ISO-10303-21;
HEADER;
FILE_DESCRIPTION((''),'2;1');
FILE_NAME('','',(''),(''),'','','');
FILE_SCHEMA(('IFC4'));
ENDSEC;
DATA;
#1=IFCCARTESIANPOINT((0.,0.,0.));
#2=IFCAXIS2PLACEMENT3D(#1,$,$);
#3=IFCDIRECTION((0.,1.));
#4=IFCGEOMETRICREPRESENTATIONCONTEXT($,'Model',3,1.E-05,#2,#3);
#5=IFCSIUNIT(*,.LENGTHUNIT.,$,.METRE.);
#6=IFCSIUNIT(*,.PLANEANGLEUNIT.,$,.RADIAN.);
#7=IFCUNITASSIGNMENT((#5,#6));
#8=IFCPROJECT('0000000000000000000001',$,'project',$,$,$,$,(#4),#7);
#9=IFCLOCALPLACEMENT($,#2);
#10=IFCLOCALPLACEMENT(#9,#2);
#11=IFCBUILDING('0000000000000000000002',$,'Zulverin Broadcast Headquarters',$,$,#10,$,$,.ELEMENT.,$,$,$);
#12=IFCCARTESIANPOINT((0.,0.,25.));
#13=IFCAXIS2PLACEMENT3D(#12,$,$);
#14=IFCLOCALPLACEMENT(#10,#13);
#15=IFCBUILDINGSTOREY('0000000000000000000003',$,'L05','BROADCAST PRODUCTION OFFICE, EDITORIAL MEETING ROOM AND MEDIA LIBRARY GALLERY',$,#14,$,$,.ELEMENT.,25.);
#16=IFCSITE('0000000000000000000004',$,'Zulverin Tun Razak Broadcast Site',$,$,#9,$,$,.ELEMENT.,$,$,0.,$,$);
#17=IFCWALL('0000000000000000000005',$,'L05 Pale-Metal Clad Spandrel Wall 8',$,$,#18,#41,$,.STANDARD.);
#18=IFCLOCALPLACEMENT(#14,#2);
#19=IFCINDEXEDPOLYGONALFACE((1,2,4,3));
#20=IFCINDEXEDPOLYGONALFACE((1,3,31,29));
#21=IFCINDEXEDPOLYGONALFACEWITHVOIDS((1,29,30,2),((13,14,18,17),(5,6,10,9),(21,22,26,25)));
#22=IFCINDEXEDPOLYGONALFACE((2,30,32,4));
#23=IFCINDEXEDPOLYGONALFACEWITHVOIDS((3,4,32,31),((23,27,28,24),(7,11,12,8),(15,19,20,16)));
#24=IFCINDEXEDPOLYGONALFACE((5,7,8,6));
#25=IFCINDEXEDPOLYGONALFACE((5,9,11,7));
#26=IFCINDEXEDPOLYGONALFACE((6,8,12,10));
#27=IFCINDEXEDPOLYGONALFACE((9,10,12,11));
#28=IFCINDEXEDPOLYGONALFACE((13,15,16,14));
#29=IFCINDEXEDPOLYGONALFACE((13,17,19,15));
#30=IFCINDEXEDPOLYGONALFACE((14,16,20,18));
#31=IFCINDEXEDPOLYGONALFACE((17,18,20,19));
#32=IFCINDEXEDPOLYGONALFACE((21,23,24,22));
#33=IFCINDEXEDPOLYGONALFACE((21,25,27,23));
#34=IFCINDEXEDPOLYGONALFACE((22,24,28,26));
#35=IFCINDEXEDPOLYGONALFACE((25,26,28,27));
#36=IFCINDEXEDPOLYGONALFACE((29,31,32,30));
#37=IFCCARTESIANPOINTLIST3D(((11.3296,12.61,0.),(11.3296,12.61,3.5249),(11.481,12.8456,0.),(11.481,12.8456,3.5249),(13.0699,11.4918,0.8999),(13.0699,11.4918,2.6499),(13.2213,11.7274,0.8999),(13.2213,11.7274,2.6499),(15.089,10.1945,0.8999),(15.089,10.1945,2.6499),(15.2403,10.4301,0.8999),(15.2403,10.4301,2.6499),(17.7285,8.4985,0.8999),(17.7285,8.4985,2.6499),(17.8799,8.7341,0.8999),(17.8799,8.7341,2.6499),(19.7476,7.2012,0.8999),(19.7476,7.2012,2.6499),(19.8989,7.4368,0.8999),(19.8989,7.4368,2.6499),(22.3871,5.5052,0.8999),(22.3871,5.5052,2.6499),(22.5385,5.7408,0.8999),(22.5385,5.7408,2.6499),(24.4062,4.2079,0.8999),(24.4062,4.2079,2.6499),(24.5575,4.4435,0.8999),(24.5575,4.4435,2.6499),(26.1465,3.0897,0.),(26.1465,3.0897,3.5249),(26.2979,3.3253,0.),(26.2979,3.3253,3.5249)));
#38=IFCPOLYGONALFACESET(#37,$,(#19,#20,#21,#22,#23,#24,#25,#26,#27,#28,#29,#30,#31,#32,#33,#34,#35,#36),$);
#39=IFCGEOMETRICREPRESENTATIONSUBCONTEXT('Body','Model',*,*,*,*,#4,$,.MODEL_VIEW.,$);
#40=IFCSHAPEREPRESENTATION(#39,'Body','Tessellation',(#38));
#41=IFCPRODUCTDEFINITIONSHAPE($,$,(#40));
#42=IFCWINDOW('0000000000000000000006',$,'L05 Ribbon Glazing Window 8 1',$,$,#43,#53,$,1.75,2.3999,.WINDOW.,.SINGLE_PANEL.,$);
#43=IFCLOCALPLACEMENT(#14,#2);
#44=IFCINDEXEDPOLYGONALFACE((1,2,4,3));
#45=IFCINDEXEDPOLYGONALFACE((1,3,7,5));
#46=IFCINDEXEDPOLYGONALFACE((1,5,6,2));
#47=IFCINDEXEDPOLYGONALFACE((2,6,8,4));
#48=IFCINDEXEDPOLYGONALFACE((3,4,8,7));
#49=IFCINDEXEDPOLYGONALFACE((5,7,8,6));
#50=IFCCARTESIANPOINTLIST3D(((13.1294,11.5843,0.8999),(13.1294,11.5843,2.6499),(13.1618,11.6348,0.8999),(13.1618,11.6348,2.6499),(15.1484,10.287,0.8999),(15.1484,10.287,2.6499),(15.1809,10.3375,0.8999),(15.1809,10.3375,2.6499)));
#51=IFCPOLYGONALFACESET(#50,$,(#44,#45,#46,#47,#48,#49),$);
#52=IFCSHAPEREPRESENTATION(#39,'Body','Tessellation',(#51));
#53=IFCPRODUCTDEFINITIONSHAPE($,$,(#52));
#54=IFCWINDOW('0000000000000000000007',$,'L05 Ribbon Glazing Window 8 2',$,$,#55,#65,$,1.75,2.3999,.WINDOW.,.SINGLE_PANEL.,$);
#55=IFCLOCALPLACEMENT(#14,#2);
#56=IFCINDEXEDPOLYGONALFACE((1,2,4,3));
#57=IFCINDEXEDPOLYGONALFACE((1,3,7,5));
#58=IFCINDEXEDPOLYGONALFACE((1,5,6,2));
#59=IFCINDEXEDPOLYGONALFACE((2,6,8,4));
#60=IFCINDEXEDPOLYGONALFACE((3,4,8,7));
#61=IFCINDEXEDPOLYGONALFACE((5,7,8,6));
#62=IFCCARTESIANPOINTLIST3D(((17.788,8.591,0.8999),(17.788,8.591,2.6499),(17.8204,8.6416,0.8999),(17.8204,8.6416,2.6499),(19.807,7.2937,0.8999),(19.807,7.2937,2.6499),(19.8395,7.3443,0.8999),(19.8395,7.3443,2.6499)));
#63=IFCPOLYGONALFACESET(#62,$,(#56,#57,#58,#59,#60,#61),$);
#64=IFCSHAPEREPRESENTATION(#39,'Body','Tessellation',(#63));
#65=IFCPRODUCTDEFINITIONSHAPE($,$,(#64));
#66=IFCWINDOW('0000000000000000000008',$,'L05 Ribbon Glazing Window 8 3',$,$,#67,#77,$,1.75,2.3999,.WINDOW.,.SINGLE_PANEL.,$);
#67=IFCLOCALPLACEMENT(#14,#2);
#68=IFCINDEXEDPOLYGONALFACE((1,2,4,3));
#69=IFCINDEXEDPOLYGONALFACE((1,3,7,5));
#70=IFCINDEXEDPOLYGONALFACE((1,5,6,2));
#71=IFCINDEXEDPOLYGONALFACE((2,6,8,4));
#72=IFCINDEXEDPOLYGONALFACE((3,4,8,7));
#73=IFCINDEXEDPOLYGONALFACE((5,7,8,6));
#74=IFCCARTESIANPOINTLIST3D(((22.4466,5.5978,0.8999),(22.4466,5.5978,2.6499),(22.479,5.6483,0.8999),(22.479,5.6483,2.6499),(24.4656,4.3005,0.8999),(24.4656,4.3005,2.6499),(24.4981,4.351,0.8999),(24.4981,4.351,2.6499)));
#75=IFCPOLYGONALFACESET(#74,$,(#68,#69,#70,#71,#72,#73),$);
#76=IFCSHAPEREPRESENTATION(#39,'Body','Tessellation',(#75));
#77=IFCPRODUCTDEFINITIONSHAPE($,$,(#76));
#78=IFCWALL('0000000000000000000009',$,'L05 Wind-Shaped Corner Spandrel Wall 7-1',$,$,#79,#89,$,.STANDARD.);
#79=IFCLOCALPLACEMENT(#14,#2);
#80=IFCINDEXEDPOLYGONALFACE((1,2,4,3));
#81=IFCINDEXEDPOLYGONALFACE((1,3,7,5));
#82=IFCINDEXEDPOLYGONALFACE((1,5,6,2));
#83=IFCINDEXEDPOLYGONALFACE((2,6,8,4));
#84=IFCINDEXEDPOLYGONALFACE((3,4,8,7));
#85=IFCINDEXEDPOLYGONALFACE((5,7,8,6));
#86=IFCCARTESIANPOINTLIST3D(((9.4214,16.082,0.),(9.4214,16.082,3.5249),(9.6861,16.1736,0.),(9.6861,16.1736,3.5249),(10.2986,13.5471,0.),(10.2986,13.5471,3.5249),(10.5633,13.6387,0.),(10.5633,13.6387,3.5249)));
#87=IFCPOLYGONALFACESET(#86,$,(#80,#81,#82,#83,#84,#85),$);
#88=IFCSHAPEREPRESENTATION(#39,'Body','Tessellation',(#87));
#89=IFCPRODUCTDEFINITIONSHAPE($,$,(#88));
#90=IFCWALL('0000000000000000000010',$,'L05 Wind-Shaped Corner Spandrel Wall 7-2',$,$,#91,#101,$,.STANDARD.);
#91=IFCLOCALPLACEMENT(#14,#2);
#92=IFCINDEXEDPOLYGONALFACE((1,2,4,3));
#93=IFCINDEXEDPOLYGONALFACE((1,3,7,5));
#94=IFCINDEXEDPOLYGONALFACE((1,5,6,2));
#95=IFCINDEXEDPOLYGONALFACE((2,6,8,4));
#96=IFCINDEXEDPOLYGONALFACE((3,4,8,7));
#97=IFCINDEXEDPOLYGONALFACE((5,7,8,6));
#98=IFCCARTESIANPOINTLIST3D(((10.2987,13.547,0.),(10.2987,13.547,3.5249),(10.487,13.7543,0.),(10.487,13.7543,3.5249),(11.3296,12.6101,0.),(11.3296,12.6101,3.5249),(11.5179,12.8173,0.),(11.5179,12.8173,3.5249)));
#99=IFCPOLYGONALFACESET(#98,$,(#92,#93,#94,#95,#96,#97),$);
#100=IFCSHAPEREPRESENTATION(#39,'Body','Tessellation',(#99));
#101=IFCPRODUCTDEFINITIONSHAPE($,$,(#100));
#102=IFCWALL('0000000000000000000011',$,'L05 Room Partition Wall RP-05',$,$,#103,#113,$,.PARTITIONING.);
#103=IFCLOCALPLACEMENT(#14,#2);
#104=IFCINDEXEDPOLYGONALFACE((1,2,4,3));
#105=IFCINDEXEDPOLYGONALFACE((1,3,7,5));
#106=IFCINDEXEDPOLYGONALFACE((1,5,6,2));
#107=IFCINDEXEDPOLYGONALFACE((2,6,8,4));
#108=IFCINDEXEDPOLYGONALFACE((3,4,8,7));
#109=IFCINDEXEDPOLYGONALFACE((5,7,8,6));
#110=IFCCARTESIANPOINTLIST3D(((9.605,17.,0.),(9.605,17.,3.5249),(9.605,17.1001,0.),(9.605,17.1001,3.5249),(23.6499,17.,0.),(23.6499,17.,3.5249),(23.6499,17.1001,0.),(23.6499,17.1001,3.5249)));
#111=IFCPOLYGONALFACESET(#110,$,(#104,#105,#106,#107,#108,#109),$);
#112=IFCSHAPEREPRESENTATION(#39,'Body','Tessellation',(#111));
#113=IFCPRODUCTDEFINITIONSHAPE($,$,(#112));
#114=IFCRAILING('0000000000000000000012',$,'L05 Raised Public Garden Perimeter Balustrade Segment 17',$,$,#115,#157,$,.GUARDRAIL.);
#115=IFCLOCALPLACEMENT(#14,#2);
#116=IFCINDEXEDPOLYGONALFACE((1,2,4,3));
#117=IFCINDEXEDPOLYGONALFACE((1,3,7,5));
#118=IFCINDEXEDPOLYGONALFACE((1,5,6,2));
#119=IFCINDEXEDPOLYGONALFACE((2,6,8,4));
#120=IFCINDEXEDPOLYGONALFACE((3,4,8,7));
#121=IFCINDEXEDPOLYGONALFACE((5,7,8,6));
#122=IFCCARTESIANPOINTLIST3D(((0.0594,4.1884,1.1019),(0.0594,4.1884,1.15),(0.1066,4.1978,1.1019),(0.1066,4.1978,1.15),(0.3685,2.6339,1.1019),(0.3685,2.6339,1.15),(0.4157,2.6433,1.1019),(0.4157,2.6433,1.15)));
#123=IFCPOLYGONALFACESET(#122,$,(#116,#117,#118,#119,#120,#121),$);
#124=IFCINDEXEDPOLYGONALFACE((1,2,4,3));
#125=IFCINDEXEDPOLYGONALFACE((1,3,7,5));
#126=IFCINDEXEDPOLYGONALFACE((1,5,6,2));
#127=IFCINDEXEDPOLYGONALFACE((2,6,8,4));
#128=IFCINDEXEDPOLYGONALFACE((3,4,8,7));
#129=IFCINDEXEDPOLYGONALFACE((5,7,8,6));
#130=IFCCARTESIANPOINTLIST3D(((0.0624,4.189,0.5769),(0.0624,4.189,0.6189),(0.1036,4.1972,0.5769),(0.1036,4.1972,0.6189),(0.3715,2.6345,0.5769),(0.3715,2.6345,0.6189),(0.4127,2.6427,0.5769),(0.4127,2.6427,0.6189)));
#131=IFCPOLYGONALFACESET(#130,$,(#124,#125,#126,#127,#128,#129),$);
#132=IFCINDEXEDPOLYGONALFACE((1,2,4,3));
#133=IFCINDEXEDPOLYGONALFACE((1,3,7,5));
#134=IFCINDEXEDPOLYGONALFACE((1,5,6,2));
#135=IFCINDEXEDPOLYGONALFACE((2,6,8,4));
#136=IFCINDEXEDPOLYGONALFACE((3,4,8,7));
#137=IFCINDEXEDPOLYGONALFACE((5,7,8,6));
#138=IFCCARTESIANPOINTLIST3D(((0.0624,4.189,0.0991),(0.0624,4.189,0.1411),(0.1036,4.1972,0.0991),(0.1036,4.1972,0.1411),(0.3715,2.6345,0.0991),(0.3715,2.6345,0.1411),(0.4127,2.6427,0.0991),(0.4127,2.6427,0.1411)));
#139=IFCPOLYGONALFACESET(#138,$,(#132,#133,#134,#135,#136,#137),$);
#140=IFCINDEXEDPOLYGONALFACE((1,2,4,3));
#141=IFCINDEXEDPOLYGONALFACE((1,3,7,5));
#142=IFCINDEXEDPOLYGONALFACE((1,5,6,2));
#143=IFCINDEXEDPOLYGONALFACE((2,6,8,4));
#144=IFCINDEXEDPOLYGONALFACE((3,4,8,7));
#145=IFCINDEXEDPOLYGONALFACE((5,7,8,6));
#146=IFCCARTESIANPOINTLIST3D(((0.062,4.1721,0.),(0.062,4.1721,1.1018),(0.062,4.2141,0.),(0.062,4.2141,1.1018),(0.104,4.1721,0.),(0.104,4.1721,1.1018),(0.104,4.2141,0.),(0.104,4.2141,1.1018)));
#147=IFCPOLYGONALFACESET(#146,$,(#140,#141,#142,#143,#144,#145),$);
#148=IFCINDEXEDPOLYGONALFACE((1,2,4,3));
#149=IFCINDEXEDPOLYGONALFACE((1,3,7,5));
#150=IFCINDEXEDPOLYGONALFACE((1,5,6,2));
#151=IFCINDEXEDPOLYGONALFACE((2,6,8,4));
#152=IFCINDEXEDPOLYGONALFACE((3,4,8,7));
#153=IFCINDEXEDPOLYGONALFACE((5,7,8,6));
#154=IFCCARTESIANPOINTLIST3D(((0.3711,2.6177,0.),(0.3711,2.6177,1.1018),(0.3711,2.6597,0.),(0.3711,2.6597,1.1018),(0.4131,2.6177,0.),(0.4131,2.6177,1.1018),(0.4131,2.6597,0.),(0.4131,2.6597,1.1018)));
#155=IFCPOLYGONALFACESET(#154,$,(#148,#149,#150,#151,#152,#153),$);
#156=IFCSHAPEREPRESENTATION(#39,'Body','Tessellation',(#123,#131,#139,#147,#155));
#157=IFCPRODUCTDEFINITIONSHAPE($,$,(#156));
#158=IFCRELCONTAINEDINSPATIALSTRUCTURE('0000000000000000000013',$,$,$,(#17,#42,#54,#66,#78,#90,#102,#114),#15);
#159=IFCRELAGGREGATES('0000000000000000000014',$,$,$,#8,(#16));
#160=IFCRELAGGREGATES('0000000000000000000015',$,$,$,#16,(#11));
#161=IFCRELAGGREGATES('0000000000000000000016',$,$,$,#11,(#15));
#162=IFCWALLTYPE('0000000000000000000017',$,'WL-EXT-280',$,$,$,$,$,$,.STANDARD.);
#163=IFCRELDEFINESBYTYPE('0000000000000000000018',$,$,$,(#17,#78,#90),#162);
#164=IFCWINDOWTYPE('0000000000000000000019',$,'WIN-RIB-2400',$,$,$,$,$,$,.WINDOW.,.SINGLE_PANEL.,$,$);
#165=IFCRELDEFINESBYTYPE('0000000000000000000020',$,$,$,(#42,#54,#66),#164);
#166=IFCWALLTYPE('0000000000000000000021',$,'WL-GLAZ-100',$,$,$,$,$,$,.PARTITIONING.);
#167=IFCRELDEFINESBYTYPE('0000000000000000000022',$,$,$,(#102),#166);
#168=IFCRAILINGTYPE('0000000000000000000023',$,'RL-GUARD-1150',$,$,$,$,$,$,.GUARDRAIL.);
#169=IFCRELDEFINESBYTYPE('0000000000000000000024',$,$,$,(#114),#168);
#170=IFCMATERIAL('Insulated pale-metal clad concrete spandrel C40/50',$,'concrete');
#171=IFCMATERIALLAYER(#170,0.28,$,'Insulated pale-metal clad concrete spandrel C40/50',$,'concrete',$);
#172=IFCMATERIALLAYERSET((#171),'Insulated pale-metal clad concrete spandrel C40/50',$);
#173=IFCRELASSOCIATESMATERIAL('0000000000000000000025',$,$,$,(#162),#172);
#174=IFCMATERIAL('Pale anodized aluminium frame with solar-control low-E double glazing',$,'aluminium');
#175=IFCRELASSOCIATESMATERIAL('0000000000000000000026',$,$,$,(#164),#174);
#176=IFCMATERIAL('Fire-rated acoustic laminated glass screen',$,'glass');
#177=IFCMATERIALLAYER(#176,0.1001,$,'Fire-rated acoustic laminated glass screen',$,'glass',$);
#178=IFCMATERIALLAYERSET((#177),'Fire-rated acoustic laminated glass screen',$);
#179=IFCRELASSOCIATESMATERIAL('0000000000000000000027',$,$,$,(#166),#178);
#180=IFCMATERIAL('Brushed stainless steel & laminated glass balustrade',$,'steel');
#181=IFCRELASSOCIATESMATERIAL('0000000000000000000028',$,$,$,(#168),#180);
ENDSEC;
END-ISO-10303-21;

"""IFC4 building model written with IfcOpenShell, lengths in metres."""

from ifc_helpers import new_model, si_unit, direction, frame, frame_2d, origin, origin_2d, place, context, subcontext, project, spatial, rectangle, extrude, material, layer, layer_set, type_object, element, fill, save


model = new_model("IFC4")

# Units and contexts
model_context = context("Model", 3, precision=1e-05, world=origin(), true_north=direction((0.0, 1.0)))
body_context = subcontext(model_context, "Body", "Model", "MODEL_VIEW")
ifc_project = project(units=[si_unit("LENGTHUNIT", "METRE"), si_unit("PLANEANGLEUNIT", "RADIAN")], contexts=[model_context])

# Site, building, storey
site_placement = place(None, origin())
site = spatial("IfcSite", under=ifc_project, at=site_placement, Name="Zulverin Tun Razak Broadcast Site", CompositionType="ELEMENT", RefElevation=0.0)
building_placement = place(site_placement, origin())
building = spatial("IfcBuilding", under=site, at=building_placement, Name="Zulverin Broadcast Headquarters", CompositionType="ELEMENT")
storey_placement = place(building_placement, frame((0.0, 0.0, 25.0)))
storey = spatial("IfcBuildingStorey", under=building, at=storey_placement, Name="L05", Description="BROADCAST PRODUCTION OFFICE, EDITORIAL MEETING ROOM AND MEDIA LIBRARY GALLERY", CompositionType="ELEMENT", Elevation=25.0)

# Wall, openings, windows
ifc_material_1 = material(Name="Insulated pale-metal clad concrete spandrel C40/50", Category="concrete")
ifc_layer_1 = layer(ifc_material_1, 0.28, Name="Insulated pale-metal clad concrete spandrel C40/50", Category="concrete")
ifc_layer_set_1 = layer_set([ifc_layer_1], Name="Insulated pale-metal clad concrete spandrel C40/50")
wall_type_1 = type_object("IfcWallType", Name="WL-EXT-280", PredefinedType="STANDARD", material=ifc_layer_set_1)
wall_1_placement = place(storey_placement, frame((11.4053, 12.7278, 0.0), z_axis=(0.0, 0.0, 1.0), x_axis=(0.841305, -0.540561, 0.0)))
wall_1 = element("IfcWall", 1, at=wall_1_placement, inside=storey, type_object=wall_type_1, Name="L05 Pale-Metal Clad Spandrel Wall 8", PredefinedType="STANDARD", context=body_context, shape_type="SweptSolid", body=[
    extrude(rectangle(XDim=17.6118, YDim=0.28, at=frame_2d((8.8059, 0.0))), origin(), (0.0, 0.0, 1.0), 3.5249),
])
opening_1_placement = place(wall_1_placement, frame((2.0686, 0.0, 0.8999)))
opening_1 = element("IfcOpeningElement", 2, at=opening_1_placement, cuts=wall_1, PredefinedType="OPENING", context=body_context, shape_type="SweptSolid", body=[
    extrude(rectangle(XDim=2.3999, YDim=1.75, at=frame_2d((1.2, 0.875))), frame((0.0, 0.1499, 0.0), z_axis=(0.0, -1.0, 0.0), x_axis=(1.0, 0.0, 0.0)), (0.0, 0.0, 1.0), 0.3),
])
opening_2_placement = place(wall_1_placement, frame((7.606, 0.0, 0.8999)))
opening_2 = element("IfcOpeningElement", 3, at=opening_2_placement, cuts=wall_1, PredefinedType="OPENING", context=body_context, shape_type="SweptSolid", body=[
    extrude(rectangle(XDim=2.3999, YDim=1.75, at=frame_2d((1.2, 0.875))), frame((0.0, 0.1499, 0.0), z_axis=(0.0, -1.0, 0.0), x_axis=(1.0, 0.0, 0.0)), (0.0, 0.0, 1.0), 0.3),
])
opening_3_placement = place(wall_1_placement, frame((13.1433, 0.0, 0.8999)))
opening_3 = element("IfcOpeningElement", 4, at=opening_3_placement, cuts=wall_1, PredefinedType="OPENING", context=body_context, shape_type="SweptSolid", body=[
    extrude(rectangle(XDim=2.3999, YDim=1.75, at=frame_2d((1.2, 0.875))), frame((0.0, 0.1499, 0.0), z_axis=(0.0, -1.0, 0.0), x_axis=(1.0, 0.0, 0.0)), (0.0, 0.0, 1.0), 0.3),
])
ifc_material_2 = material(Name="Pale anodized aluminium frame with solar-control low-E double glazing", Category="aluminium")
window_type = type_object("IfcWindowType", Name="WIN-RIB-2400", PartitioningType="SINGLE_PANEL", PredefinedType="WINDOW", material=ifc_material_2)
window_1_placement = place(opening_1_placement, origin())
window_1 = element("IfcWindow", 5, at=window_1_placement, inside=storey, type_object=window_type, Name="L05 Ribbon Glazing Window 8 1", OverallHeight=1.75, OverallWidth=2.3999, PartitioningType="SINGLE_PANEL", PredefinedType="WINDOW", context=body_context, shape_type="SweptSolid", body=[
    extrude(rectangle(XDim=2.3999, YDim=1.75, at=frame_2d((1.2, 0.875))), frame((0.0, 0.03, 0.0), z_axis=(0.0, -1.0, 0.0), x_axis=(1.0, 0.0, 0.0)), (0.0, 0.0, 1.0), 0.0601),
])
fill(opening_1, window_1)
window_2_placement = place(opening_2_placement, origin())
window_2 = element("IfcWindow", 6, at=window_2_placement, inside=storey, type_object=window_type, Name="L05 Ribbon Glazing Window 8 2", OverallHeight=1.75, OverallWidth=2.3999, PartitioningType="SINGLE_PANEL", PredefinedType="WINDOW", context=body_context, shape_type="SweptSolid", body=[
    extrude(rectangle(XDim=2.3999, YDim=1.75, at=frame_2d((1.2, 0.875))), frame((0.0, 0.03, 0.0), z_axis=(0.0, -1.0, 0.0), x_axis=(1.0, 0.0, 0.0)), (0.0, 0.0, 1.0), 0.0601),
])
fill(opening_2, window_2)
window_3_placement = place(opening_3_placement, origin())
window_3 = element("IfcWindow", 7, at=window_3_placement, inside=storey, type_object=window_type, Name="L05 Ribbon Glazing Window 8 3", OverallHeight=1.75, OverallWidth=2.3999, PartitioningType="SINGLE_PANEL", PredefinedType="WINDOW", context=body_context, shape_type="SweptSolid", body=[
    extrude(rectangle(XDim=2.3999, YDim=1.75, at=frame_2d((1.2, 0.875))), frame((0.0, 0.03, 0.0), z_axis=(0.0, -1.0, 0.0), x_axis=(1.0, 0.0, 0.0)), (0.0, 0.0, 1.0), 0.0601),
])
fill(opening_3, window_3)

# Walls
wall_2_placement = place(storey_placement, frame((9.5537, 16.1279, 0.0), z_axis=(0.0, 0.0, 1.0), x_axis=(0.32702, -0.945017, 0.0)))
element("IfcWall", 8, at=wall_2_placement, inside=storey, type_object=wall_type_1, Name="L05 Wind-Shaped Corner Spandrel Wall 7-1", PredefinedType="STANDARD", context=body_context, shape_type="SweptSolid", body=[
    extrude(rectangle(XDim=2.6824, YDim=0.28, at=frame_2d((1.3413, 0.0))), origin(), (0.0, 0.0, 1.0), 3.5249),
])
wall_3_placement = place(storey_placement, frame((10.3928, 13.6506, 0.0), z_axis=(0.0, 0.0, 1.0), x_axis=(0.740035, -0.672568, 0.0)))
element("IfcWall", 9, at=wall_3_placement, inside=storey, type_object=wall_type_1, Name="L05 Wind-Shaped Corner Spandrel Wall 7-2", PredefinedType="STANDARD", context=body_context, shape_type="SweptSolid", body=[
    extrude(rectangle(XDim=1.3931, YDim=0.28, at=frame_2d((0.6965, 0.0))), origin(), (0.0, 0.0, 1.0), 3.5249),
])
ifc_material_3 = material(Name="Fire-rated acoustic laminated glass screen", Category="glass")
ifc_layer_2 = layer(ifc_material_3, 0.1001, Name="Fire-rated acoustic laminated glass screen", Category="glass")
ifc_layer_set_2 = layer_set([ifc_layer_2], Name="Fire-rated acoustic laminated glass screen")
wall_type_2 = type_object("IfcWallType", Name="WL-GLAZ-100", PredefinedType="PARTITIONING", material=ifc_layer_set_2)
wall_4_placement = place(storey_placement, frame((9.605, 17.05, 0.0), z_axis=(0.0, 0.0, 1.0), x_axis=(1.0, 0.0, 0.0)))
element("IfcWall", 10, at=wall_4_placement, inside=storey, type_object=wall_type_2, Name="L05 Room Partition Wall RP-05", PredefinedType="PARTITIONING", context=body_context, shape_type="SweptSolid", body=[
    extrude(rectangle(XDim=14.0449, YDim=0.1001, at=frame_2d((7.0225, 0.0))), origin(), (0.0, 0.0, 1.0), 3.5249),
])

# Railing
ifc_material_4 = material(Name="Brushed stainless steel & laminated glass balustrade", Category="steel")
railing_type = type_object("IfcRailingType", Name="RL-GUARD-1150", PredefinedType="GUARDRAIL", material=ifc_material_4)
railing_1_placement = place(storey_placement, frame((0.083, 4.1931, 0.0)))
element("IfcRailing", 11, at=railing_1_placement, inside=storey, type_object=railing_type, Name="L05 Raised Public Garden Perimeter Balustrade Segment 17", PredefinedType="GUARDRAIL", context=body_context, shape_type="SweptSolid", body=[
    extrude(rectangle(XDim=0.0481, YDim=0.0481, at=origin_2d()), frame((0.0, 0.0, 1.126), z_axis=(0.19502, -0.980799, 0.0), x_axis=(0.980799, 0.19502, 0.0)), (0.0, 0.0, 1.0), 1.585),
    extrude(rectangle(XDim=0.042, YDim=0.042, at=origin_2d()), frame((0.0, 0.0, 0.5979), z_axis=(0.19502, -0.980799, 0.0), x_axis=(0.980799, 0.19502, 0.0)), (0.0, 0.0, 1.0), 1.585),
    extrude(rectangle(XDim=0.042, YDim=0.042, at=origin_2d()), frame((0.0, 0.0, 0.1201), z_axis=(0.19502, -0.980799, 0.0), x_axis=(0.980799, 0.19502, 0.0)), (0.0, 0.0, 1.0), 1.585),
    extrude(rectangle(XDim=0.042, YDim=0.042, at=origin_2d()), origin(), (0.0, 0.0, 1.0), 1.1018),
    extrude(rectangle(XDim=0.042, YDim=0.042, at=origin_2d()), frame((0.3091, -1.5544, 0.0)), (0.0, 0.0, 1.0), 1.1018),
])

save(model, "model.ifc")
